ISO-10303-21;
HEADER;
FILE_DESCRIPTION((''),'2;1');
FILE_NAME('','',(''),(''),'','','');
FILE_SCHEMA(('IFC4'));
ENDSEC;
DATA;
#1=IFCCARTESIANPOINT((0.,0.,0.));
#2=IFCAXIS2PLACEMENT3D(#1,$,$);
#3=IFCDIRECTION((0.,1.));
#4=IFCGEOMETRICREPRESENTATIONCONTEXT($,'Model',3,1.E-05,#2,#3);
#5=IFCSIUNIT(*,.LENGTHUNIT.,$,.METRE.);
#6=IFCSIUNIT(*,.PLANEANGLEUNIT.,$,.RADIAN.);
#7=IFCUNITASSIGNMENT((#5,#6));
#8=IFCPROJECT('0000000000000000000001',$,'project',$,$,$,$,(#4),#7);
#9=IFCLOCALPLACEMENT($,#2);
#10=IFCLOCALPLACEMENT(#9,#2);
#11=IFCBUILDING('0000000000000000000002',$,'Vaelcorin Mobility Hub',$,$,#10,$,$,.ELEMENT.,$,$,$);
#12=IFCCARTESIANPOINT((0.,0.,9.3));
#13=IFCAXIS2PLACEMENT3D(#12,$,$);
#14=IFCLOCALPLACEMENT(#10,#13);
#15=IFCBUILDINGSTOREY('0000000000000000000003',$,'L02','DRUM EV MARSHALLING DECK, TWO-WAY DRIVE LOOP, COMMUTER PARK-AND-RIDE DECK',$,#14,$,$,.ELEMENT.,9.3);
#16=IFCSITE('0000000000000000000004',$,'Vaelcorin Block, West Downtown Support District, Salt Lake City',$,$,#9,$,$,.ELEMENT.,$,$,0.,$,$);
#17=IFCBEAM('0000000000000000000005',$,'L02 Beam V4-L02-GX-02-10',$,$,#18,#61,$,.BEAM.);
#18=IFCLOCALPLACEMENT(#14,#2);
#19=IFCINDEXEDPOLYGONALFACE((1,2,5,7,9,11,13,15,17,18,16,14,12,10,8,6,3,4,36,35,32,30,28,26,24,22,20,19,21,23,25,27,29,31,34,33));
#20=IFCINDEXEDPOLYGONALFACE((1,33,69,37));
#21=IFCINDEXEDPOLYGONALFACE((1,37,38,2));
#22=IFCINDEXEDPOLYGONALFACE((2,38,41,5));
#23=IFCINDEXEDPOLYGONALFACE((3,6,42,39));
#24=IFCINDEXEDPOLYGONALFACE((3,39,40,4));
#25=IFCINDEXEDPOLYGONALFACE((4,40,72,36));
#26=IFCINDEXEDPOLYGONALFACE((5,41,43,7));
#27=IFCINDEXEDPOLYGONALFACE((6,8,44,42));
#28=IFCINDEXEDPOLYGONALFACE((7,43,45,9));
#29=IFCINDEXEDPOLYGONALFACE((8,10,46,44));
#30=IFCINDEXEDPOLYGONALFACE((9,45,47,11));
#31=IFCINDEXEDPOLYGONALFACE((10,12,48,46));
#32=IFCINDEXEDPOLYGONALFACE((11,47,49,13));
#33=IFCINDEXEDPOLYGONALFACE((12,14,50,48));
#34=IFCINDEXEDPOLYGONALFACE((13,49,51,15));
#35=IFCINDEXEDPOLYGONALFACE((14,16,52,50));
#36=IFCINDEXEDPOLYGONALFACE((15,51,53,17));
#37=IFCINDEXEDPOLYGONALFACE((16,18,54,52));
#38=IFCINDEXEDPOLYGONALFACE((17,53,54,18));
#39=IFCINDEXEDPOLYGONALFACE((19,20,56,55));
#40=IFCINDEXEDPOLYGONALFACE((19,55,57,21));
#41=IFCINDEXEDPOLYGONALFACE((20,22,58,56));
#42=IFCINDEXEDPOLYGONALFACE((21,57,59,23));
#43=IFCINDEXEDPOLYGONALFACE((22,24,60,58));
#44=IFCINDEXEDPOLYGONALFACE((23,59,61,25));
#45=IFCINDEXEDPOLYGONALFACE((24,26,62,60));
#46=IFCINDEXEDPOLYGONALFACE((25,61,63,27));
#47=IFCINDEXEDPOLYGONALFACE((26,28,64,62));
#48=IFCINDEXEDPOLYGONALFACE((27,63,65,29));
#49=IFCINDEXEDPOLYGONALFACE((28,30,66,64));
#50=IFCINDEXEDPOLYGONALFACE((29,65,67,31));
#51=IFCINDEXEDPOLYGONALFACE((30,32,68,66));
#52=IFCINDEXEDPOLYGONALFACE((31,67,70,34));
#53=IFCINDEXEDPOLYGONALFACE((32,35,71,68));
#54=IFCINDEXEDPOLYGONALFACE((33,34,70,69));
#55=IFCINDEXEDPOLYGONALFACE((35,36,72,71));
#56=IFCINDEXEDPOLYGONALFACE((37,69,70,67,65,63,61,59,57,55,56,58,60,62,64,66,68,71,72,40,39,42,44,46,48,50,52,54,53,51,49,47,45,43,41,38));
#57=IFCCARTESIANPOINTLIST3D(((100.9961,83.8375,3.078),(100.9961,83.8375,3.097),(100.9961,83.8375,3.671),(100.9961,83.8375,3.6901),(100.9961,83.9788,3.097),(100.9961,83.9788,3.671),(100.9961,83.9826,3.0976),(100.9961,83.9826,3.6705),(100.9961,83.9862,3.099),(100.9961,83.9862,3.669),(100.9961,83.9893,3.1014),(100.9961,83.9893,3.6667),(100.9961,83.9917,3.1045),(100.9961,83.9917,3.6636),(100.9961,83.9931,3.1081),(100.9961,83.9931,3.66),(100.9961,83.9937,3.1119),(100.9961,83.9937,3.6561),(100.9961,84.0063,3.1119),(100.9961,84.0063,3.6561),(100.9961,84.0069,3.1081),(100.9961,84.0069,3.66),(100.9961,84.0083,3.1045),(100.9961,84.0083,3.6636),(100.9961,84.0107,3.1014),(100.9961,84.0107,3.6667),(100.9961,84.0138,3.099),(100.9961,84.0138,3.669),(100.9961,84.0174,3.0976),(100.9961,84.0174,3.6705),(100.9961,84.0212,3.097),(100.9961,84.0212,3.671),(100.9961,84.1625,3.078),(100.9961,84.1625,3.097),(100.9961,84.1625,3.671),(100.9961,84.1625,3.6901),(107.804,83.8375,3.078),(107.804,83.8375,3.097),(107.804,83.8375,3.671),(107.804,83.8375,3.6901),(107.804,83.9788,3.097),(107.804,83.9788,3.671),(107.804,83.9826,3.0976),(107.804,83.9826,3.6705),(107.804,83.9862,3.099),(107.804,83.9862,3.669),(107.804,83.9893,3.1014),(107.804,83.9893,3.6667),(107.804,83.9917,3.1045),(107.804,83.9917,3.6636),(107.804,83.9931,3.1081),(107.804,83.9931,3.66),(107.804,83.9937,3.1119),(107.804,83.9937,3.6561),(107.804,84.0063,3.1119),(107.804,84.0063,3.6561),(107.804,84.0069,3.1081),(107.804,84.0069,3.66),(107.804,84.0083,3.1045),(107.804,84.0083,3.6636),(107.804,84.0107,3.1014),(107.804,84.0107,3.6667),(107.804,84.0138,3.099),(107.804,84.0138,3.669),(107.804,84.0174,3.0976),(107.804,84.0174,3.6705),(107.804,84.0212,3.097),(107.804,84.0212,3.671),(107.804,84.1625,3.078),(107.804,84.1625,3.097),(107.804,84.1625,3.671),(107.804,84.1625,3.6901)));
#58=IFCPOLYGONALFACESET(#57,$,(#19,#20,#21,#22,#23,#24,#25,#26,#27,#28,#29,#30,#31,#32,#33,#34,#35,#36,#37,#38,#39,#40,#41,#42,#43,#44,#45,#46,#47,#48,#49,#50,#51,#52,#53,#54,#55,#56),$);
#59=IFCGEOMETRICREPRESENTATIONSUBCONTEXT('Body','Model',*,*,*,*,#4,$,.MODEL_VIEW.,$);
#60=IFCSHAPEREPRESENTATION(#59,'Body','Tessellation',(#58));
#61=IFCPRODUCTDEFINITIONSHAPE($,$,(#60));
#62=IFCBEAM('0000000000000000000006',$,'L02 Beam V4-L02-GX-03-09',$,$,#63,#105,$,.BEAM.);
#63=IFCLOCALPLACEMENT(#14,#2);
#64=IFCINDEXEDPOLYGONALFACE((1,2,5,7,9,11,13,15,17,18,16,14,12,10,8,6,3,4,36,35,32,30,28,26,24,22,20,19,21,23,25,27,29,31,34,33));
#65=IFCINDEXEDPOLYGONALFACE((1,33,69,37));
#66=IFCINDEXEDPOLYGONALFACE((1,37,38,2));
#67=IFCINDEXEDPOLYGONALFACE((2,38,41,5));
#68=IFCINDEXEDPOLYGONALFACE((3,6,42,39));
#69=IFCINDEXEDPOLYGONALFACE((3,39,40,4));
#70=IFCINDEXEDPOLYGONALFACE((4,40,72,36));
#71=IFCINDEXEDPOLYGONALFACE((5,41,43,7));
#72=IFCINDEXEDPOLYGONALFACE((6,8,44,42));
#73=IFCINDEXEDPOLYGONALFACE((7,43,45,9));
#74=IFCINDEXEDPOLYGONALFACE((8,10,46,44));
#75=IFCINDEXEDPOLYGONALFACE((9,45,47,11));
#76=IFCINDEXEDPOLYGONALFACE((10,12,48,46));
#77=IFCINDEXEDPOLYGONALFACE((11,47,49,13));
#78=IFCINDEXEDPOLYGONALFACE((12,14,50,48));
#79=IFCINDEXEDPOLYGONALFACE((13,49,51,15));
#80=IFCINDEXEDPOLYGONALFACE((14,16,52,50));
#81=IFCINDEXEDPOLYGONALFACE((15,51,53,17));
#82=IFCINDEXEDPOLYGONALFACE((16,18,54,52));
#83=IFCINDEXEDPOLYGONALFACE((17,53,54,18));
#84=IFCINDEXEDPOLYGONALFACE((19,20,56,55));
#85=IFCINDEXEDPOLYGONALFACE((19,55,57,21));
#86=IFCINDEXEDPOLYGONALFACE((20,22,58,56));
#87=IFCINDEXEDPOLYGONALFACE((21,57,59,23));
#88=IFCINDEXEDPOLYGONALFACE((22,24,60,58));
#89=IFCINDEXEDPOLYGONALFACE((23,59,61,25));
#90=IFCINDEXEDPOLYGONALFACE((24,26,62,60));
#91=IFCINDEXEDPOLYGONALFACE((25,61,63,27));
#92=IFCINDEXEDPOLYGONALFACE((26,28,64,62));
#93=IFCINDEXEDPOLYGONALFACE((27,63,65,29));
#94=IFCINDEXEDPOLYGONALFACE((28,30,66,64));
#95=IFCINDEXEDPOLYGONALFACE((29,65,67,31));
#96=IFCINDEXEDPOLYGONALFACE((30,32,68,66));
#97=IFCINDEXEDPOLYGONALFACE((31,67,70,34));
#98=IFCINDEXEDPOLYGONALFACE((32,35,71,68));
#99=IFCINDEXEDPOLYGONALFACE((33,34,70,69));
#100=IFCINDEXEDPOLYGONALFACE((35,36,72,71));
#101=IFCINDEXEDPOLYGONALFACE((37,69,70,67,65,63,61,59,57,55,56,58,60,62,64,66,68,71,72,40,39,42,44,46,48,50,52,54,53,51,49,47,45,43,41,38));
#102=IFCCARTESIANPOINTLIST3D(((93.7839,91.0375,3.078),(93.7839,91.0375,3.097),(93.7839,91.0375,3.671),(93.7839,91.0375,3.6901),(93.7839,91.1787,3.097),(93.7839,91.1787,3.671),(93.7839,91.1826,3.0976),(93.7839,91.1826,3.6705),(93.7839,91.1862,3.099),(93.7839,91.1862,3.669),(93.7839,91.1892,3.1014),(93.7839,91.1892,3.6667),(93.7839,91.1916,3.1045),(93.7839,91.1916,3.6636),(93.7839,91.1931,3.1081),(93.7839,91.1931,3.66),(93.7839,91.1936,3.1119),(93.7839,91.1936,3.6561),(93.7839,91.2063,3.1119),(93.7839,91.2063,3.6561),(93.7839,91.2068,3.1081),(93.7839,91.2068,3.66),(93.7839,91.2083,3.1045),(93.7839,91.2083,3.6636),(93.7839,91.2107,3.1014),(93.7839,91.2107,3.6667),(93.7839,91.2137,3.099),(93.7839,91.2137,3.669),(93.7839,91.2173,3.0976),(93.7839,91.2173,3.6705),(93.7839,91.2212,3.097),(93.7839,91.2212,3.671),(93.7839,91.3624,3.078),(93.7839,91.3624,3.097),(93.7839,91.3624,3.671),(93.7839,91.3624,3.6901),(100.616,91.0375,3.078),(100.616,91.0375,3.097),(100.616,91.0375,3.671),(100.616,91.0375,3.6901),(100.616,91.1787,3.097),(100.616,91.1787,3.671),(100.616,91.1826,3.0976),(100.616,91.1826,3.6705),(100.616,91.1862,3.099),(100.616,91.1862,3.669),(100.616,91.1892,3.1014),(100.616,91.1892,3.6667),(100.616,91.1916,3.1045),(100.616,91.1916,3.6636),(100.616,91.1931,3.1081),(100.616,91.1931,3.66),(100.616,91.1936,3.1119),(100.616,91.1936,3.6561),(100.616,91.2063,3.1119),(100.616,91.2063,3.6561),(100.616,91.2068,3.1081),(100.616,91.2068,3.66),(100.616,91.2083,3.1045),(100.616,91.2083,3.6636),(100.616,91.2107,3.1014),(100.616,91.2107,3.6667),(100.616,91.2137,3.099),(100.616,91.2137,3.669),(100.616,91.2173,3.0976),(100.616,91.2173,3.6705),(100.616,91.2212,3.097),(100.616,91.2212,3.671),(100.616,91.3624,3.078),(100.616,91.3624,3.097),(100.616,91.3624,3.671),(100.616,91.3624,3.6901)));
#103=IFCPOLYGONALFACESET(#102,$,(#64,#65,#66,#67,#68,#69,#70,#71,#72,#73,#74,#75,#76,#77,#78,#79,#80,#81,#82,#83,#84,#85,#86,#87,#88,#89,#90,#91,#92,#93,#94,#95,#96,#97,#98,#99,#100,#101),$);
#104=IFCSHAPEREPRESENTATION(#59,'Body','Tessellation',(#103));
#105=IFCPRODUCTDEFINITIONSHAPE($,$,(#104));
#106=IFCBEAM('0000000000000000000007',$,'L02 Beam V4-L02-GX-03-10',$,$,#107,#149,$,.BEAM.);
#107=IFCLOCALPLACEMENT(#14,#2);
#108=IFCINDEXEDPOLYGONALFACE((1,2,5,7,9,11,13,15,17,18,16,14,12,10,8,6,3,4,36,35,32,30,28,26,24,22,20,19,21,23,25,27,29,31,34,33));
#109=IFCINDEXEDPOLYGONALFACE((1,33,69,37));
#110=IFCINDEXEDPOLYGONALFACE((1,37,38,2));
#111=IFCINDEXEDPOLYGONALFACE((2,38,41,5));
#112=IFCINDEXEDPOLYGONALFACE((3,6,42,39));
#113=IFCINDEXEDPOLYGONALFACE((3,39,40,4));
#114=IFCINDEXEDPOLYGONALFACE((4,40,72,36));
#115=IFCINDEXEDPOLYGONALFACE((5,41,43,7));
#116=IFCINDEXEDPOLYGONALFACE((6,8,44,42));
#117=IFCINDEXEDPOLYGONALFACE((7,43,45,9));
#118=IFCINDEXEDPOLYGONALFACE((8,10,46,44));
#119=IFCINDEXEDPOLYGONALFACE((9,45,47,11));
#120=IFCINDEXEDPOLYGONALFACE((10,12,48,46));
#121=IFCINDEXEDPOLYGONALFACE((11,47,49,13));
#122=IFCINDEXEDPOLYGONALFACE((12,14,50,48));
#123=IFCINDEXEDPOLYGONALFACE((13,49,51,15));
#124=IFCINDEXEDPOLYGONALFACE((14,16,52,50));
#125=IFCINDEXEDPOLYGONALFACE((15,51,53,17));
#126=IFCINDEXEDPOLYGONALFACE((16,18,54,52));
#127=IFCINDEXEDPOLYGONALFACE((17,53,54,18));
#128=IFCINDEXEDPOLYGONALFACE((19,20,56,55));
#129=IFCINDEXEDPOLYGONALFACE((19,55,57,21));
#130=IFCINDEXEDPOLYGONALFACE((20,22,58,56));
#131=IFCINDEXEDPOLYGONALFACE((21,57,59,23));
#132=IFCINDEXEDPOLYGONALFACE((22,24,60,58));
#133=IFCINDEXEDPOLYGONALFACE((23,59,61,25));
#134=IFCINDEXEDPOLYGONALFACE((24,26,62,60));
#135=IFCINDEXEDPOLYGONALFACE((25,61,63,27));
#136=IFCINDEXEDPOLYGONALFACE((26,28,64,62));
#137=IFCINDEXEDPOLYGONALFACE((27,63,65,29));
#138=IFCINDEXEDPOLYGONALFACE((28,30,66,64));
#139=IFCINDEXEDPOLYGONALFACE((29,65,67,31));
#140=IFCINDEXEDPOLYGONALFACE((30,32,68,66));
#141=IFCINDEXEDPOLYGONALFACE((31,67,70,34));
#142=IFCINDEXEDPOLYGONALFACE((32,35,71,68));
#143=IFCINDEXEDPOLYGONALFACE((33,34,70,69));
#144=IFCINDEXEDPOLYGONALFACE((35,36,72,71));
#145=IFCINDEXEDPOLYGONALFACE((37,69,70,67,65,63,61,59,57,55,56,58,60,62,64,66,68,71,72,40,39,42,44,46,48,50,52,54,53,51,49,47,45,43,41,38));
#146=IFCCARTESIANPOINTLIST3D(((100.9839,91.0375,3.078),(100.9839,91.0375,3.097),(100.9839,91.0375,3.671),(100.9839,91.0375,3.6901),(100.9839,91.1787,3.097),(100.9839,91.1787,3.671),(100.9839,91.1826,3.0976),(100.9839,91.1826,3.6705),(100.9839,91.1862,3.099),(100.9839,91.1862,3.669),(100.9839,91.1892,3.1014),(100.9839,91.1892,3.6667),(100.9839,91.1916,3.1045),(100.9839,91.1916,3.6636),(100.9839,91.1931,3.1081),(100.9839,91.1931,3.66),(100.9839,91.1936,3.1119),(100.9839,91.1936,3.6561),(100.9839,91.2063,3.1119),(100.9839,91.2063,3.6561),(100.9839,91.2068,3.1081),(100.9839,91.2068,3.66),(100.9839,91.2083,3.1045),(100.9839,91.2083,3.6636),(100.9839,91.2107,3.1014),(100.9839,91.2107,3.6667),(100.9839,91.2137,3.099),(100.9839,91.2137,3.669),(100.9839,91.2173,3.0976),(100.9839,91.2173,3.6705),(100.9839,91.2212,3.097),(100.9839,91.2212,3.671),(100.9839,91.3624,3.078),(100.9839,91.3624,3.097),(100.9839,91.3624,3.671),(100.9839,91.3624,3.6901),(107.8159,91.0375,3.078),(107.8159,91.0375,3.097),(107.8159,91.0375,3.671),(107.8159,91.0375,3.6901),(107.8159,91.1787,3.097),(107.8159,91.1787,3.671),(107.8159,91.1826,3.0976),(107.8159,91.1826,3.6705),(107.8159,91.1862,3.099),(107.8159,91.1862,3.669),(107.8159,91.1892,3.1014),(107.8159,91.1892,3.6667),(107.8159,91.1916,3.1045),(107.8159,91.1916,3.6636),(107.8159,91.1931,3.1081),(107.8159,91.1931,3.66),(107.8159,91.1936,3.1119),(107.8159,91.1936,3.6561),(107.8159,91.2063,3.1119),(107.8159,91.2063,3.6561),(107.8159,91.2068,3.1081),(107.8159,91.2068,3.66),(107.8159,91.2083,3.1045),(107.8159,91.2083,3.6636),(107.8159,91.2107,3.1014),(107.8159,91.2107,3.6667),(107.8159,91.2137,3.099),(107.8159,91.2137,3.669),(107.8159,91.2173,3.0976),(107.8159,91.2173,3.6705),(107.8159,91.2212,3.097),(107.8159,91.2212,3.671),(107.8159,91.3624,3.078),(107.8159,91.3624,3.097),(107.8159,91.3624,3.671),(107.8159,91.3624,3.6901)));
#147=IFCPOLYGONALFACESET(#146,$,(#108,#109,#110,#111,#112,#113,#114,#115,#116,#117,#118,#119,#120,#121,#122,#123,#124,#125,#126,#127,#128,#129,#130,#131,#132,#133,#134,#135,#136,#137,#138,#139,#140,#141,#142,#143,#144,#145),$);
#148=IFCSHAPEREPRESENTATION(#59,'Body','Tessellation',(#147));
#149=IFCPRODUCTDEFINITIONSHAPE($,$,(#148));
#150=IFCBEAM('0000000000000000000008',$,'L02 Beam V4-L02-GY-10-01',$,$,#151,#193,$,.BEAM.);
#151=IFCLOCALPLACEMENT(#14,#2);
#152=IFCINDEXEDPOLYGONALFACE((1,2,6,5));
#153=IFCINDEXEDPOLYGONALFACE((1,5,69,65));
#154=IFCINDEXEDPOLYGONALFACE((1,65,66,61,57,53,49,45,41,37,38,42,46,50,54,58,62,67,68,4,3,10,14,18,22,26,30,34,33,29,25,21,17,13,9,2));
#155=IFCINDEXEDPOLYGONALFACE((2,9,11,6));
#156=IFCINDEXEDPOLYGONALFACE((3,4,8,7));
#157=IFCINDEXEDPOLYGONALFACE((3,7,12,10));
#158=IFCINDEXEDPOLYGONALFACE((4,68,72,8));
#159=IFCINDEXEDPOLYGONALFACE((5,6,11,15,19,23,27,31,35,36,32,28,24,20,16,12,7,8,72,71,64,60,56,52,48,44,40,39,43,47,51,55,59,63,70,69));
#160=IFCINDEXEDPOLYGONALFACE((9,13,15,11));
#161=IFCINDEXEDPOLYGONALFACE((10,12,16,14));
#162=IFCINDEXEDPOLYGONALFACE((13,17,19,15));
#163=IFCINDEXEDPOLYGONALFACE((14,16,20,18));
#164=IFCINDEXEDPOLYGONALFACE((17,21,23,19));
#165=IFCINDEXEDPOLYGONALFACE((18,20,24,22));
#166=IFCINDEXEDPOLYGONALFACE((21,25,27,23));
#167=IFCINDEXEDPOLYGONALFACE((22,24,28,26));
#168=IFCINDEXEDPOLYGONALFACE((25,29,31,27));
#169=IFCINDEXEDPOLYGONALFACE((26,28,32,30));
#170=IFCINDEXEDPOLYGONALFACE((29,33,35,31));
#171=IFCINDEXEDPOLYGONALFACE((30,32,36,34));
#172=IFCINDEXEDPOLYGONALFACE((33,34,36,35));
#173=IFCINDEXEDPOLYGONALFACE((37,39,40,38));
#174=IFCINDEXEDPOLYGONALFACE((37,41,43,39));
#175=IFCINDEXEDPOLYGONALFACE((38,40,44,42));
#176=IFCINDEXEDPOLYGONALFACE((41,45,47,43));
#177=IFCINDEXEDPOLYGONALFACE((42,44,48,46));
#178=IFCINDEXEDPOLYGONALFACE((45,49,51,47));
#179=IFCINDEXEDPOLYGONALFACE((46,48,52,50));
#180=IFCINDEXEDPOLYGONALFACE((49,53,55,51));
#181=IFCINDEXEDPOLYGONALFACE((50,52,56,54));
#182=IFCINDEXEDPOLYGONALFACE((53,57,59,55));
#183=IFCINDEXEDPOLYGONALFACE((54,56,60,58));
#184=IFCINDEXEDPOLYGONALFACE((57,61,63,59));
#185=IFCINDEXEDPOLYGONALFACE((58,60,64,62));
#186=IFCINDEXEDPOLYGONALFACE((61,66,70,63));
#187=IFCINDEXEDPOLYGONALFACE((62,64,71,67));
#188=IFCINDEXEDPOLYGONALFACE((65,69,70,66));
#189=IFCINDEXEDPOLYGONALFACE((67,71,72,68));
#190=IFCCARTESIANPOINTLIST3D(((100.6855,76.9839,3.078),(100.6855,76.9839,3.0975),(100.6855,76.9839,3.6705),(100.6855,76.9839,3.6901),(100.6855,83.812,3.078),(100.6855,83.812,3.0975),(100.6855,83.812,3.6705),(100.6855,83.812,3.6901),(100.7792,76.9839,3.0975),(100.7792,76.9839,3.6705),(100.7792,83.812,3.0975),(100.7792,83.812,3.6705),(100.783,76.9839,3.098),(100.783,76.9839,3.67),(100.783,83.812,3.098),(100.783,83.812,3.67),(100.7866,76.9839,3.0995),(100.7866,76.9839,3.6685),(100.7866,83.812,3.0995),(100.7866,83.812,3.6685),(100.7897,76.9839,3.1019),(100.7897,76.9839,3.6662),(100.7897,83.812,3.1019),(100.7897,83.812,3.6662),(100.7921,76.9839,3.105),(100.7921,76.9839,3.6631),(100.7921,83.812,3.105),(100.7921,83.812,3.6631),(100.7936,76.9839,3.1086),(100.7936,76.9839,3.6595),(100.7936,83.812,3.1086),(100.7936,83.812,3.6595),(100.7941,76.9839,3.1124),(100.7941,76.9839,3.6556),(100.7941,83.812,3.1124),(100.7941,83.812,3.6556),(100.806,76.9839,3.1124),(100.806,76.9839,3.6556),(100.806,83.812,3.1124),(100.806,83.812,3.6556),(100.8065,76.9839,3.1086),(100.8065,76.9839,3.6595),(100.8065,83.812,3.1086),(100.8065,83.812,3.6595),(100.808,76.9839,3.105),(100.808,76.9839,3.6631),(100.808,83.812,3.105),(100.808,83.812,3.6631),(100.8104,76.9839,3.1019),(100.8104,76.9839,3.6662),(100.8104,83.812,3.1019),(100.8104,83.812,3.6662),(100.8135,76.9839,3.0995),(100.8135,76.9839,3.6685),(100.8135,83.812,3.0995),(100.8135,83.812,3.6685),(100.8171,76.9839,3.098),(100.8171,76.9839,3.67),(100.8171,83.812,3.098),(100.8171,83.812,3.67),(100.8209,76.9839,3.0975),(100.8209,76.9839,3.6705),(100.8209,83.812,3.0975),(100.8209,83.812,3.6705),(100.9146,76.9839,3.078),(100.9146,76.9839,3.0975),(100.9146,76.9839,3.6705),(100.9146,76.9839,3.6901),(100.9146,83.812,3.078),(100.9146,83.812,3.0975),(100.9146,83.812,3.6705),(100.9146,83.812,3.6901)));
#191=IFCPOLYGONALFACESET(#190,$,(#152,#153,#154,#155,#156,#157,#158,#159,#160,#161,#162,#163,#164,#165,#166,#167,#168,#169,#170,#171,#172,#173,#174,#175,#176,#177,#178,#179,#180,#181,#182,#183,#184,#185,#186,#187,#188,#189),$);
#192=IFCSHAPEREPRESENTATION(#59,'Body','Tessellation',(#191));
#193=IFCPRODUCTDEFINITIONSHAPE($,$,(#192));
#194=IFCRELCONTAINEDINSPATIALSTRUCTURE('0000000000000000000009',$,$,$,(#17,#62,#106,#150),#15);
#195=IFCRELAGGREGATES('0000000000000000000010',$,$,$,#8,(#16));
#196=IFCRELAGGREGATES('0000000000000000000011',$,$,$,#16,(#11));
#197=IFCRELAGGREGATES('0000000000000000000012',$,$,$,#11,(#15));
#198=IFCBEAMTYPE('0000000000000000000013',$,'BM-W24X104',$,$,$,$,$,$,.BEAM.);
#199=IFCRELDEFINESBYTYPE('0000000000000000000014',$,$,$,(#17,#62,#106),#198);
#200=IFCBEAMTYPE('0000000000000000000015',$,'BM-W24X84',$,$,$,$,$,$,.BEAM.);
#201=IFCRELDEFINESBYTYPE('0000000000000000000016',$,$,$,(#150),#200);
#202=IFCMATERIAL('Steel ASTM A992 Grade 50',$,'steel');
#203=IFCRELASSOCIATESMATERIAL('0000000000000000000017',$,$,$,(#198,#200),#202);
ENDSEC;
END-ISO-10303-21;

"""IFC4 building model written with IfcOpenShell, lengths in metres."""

from ifc_helpers import new_model, si_unit, direction, frame, origin, origin_2d, place, context, subcontext, project, spatial, i_section, extrude, material, material_profile, profile_set, type_object, element, save


model = new_model("IFC4")

# Units and contexts
model_context = context("Model", 3, precision=1e-05, world=origin(), true_north=direction((0.0, 1.0)))
body_context = subcontext(model_context, "Body", "Model", "MODEL_VIEW")
ifc_project = project(units=[si_unit("LENGTHUNIT", "METRE"), si_unit("PLANEANGLEUNIT", "RADIAN")], contexts=[model_context])

# Site, building, storey
site_placement = place(None, origin())
site = spatial("IfcSite", under=ifc_project, at=site_placement, Name="Vaelcorin Block, West Downtown Support District, Salt Lake City", CompositionType="ELEMENT", RefElevation=0.0)
building_placement = place(site_placement, origin())
building = spatial("IfcBuilding", under=site, at=building_placement, Name="Vaelcorin Mobility Hub", CompositionType="ELEMENT")
storey_placement = place(building_placement, frame((0.0, 0.0, 9.3)))
storey = spatial("IfcBuildingStorey", under=building, at=storey_placement, Name="L02", Description="DRUM EV MARSHALLING DECK, TWO-WAY DRIVE LOOP, COMMUTER PARK-AND-RIDE DECK", CompositionType="ELEMENT", Elevation=9.3)

# Shared definitions
ifc_material_1 = material(Name="Steel ASTM A992 Grade 50", Category="steel")

# Beams
ifc_material_profile_1 = material_profile(ifc_material_1, i_section(OverallWidth=0.325, OverallDepth=0.6121, WebThickness=0.0127, FlangeThickness=0.019, FilletRadius=0.0149, at=origin_2d()), Name="W24X104")
ifc_profile_set_1 = profile_set([ifc_material_profile_1], Name="Steel ASTM A992 Grade 50")
beam_type_1 = type_object("IfcBeamType", Name="BM-W24X104", PredefinedType="BEAM", material=ifc_profile_set_1)
beam_1_placement = place(storey_placement, frame((100.9961, 84.0, 3.384), z_axis=(1.0, 0.0, 0.0), x_axis=(0.0, 1.0, 0.0)))
element("IfcBeam", 1, at=beam_1_placement, inside=storey, type_object=beam_type_1, Name="L02 Beam V4-L02-GX-02-10", PredefinedType="BEAM", context=body_context, shape_type="SweptSolid", body=[
    extrude(i_section(OverallWidth=0.325, OverallDepth=0.6121, WebThickness=0.0127, FlangeThickness=0.019, FilletRadius=0.0149, at=origin_2d()), origin(), (0.0, 0.0, 1.0), 6.8079),
])
for number, where, z_axis, x_axis, name in (
    (2, (93.7839, 91.2, 3.384), (1.0, 0.0, 0.0), (0.0, 1.0, 0.0), "L02 Beam V4-L02-GX-03-09"),
    (3, (100.9839, 91.2, 3.384), (1.0, 0.0, 0.0), (0.0, 1.0, 0.0), "L02 Beam V4-L02-GX-03-10"),
):
    element("IfcBeam", number, at=place(storey_placement, frame(where, z_axis=z_axis, x_axis=x_axis)), inside=storey, type_object=beam_type_1, Name=name, PredefinedType="BEAM", context=body_context, shape_type="SweptSolid", body=[
        extrude(i_section(OverallWidth=0.325, OverallDepth=0.6121, WebThickness=0.0127, FlangeThickness=0.019, FilletRadius=0.0149, at=origin_2d()), origin(), (0.0, 0.0, 1.0), 6.832),
    ])
ifc_material_profile_2 = material_profile(ifc_material_1, i_section(OverallWidth=0.229, OverallDepth=0.6121, WebThickness=0.012, FlangeThickness=0.0195, FilletRadius=0.0149, at=origin_2d()), Name="W24X84")
ifc_profile_set_2 = profile_set([ifc_material_profile_2], Name="Steel ASTM A992 Grade 50")
beam_type_2 = type_object("IfcBeamType", Name="BM-W24X84", PredefinedType="BEAM", material=ifc_profile_set_2)
for number, where, z_axis, x_axis, name in (
    (4, (100.8, 76.9839, 3.384), (0.0, 1.0, 0.0), (-1.0, 0.0, 0.0), "L02 Beam V4-L02-GY-10-01"),
):
    element("IfcBeam", number, at=place(storey_placement, frame(where, z_axis=z_axis, x_axis=x_axis)), inside=storey, type_object=beam_type_2, Name=name, PredefinedType="BEAM", context=body_context, shape_type="SweptSolid", body=[
        extrude(i_section(OverallWidth=0.229, OverallDepth=0.6121, WebThickness=0.012, FlangeThickness=0.0195, FilletRadius=0.0149, at=origin_2d()), origin(), (0.0, 0.0, 1.0), 6.8281),
    ])

save(model, "model.ifc")
